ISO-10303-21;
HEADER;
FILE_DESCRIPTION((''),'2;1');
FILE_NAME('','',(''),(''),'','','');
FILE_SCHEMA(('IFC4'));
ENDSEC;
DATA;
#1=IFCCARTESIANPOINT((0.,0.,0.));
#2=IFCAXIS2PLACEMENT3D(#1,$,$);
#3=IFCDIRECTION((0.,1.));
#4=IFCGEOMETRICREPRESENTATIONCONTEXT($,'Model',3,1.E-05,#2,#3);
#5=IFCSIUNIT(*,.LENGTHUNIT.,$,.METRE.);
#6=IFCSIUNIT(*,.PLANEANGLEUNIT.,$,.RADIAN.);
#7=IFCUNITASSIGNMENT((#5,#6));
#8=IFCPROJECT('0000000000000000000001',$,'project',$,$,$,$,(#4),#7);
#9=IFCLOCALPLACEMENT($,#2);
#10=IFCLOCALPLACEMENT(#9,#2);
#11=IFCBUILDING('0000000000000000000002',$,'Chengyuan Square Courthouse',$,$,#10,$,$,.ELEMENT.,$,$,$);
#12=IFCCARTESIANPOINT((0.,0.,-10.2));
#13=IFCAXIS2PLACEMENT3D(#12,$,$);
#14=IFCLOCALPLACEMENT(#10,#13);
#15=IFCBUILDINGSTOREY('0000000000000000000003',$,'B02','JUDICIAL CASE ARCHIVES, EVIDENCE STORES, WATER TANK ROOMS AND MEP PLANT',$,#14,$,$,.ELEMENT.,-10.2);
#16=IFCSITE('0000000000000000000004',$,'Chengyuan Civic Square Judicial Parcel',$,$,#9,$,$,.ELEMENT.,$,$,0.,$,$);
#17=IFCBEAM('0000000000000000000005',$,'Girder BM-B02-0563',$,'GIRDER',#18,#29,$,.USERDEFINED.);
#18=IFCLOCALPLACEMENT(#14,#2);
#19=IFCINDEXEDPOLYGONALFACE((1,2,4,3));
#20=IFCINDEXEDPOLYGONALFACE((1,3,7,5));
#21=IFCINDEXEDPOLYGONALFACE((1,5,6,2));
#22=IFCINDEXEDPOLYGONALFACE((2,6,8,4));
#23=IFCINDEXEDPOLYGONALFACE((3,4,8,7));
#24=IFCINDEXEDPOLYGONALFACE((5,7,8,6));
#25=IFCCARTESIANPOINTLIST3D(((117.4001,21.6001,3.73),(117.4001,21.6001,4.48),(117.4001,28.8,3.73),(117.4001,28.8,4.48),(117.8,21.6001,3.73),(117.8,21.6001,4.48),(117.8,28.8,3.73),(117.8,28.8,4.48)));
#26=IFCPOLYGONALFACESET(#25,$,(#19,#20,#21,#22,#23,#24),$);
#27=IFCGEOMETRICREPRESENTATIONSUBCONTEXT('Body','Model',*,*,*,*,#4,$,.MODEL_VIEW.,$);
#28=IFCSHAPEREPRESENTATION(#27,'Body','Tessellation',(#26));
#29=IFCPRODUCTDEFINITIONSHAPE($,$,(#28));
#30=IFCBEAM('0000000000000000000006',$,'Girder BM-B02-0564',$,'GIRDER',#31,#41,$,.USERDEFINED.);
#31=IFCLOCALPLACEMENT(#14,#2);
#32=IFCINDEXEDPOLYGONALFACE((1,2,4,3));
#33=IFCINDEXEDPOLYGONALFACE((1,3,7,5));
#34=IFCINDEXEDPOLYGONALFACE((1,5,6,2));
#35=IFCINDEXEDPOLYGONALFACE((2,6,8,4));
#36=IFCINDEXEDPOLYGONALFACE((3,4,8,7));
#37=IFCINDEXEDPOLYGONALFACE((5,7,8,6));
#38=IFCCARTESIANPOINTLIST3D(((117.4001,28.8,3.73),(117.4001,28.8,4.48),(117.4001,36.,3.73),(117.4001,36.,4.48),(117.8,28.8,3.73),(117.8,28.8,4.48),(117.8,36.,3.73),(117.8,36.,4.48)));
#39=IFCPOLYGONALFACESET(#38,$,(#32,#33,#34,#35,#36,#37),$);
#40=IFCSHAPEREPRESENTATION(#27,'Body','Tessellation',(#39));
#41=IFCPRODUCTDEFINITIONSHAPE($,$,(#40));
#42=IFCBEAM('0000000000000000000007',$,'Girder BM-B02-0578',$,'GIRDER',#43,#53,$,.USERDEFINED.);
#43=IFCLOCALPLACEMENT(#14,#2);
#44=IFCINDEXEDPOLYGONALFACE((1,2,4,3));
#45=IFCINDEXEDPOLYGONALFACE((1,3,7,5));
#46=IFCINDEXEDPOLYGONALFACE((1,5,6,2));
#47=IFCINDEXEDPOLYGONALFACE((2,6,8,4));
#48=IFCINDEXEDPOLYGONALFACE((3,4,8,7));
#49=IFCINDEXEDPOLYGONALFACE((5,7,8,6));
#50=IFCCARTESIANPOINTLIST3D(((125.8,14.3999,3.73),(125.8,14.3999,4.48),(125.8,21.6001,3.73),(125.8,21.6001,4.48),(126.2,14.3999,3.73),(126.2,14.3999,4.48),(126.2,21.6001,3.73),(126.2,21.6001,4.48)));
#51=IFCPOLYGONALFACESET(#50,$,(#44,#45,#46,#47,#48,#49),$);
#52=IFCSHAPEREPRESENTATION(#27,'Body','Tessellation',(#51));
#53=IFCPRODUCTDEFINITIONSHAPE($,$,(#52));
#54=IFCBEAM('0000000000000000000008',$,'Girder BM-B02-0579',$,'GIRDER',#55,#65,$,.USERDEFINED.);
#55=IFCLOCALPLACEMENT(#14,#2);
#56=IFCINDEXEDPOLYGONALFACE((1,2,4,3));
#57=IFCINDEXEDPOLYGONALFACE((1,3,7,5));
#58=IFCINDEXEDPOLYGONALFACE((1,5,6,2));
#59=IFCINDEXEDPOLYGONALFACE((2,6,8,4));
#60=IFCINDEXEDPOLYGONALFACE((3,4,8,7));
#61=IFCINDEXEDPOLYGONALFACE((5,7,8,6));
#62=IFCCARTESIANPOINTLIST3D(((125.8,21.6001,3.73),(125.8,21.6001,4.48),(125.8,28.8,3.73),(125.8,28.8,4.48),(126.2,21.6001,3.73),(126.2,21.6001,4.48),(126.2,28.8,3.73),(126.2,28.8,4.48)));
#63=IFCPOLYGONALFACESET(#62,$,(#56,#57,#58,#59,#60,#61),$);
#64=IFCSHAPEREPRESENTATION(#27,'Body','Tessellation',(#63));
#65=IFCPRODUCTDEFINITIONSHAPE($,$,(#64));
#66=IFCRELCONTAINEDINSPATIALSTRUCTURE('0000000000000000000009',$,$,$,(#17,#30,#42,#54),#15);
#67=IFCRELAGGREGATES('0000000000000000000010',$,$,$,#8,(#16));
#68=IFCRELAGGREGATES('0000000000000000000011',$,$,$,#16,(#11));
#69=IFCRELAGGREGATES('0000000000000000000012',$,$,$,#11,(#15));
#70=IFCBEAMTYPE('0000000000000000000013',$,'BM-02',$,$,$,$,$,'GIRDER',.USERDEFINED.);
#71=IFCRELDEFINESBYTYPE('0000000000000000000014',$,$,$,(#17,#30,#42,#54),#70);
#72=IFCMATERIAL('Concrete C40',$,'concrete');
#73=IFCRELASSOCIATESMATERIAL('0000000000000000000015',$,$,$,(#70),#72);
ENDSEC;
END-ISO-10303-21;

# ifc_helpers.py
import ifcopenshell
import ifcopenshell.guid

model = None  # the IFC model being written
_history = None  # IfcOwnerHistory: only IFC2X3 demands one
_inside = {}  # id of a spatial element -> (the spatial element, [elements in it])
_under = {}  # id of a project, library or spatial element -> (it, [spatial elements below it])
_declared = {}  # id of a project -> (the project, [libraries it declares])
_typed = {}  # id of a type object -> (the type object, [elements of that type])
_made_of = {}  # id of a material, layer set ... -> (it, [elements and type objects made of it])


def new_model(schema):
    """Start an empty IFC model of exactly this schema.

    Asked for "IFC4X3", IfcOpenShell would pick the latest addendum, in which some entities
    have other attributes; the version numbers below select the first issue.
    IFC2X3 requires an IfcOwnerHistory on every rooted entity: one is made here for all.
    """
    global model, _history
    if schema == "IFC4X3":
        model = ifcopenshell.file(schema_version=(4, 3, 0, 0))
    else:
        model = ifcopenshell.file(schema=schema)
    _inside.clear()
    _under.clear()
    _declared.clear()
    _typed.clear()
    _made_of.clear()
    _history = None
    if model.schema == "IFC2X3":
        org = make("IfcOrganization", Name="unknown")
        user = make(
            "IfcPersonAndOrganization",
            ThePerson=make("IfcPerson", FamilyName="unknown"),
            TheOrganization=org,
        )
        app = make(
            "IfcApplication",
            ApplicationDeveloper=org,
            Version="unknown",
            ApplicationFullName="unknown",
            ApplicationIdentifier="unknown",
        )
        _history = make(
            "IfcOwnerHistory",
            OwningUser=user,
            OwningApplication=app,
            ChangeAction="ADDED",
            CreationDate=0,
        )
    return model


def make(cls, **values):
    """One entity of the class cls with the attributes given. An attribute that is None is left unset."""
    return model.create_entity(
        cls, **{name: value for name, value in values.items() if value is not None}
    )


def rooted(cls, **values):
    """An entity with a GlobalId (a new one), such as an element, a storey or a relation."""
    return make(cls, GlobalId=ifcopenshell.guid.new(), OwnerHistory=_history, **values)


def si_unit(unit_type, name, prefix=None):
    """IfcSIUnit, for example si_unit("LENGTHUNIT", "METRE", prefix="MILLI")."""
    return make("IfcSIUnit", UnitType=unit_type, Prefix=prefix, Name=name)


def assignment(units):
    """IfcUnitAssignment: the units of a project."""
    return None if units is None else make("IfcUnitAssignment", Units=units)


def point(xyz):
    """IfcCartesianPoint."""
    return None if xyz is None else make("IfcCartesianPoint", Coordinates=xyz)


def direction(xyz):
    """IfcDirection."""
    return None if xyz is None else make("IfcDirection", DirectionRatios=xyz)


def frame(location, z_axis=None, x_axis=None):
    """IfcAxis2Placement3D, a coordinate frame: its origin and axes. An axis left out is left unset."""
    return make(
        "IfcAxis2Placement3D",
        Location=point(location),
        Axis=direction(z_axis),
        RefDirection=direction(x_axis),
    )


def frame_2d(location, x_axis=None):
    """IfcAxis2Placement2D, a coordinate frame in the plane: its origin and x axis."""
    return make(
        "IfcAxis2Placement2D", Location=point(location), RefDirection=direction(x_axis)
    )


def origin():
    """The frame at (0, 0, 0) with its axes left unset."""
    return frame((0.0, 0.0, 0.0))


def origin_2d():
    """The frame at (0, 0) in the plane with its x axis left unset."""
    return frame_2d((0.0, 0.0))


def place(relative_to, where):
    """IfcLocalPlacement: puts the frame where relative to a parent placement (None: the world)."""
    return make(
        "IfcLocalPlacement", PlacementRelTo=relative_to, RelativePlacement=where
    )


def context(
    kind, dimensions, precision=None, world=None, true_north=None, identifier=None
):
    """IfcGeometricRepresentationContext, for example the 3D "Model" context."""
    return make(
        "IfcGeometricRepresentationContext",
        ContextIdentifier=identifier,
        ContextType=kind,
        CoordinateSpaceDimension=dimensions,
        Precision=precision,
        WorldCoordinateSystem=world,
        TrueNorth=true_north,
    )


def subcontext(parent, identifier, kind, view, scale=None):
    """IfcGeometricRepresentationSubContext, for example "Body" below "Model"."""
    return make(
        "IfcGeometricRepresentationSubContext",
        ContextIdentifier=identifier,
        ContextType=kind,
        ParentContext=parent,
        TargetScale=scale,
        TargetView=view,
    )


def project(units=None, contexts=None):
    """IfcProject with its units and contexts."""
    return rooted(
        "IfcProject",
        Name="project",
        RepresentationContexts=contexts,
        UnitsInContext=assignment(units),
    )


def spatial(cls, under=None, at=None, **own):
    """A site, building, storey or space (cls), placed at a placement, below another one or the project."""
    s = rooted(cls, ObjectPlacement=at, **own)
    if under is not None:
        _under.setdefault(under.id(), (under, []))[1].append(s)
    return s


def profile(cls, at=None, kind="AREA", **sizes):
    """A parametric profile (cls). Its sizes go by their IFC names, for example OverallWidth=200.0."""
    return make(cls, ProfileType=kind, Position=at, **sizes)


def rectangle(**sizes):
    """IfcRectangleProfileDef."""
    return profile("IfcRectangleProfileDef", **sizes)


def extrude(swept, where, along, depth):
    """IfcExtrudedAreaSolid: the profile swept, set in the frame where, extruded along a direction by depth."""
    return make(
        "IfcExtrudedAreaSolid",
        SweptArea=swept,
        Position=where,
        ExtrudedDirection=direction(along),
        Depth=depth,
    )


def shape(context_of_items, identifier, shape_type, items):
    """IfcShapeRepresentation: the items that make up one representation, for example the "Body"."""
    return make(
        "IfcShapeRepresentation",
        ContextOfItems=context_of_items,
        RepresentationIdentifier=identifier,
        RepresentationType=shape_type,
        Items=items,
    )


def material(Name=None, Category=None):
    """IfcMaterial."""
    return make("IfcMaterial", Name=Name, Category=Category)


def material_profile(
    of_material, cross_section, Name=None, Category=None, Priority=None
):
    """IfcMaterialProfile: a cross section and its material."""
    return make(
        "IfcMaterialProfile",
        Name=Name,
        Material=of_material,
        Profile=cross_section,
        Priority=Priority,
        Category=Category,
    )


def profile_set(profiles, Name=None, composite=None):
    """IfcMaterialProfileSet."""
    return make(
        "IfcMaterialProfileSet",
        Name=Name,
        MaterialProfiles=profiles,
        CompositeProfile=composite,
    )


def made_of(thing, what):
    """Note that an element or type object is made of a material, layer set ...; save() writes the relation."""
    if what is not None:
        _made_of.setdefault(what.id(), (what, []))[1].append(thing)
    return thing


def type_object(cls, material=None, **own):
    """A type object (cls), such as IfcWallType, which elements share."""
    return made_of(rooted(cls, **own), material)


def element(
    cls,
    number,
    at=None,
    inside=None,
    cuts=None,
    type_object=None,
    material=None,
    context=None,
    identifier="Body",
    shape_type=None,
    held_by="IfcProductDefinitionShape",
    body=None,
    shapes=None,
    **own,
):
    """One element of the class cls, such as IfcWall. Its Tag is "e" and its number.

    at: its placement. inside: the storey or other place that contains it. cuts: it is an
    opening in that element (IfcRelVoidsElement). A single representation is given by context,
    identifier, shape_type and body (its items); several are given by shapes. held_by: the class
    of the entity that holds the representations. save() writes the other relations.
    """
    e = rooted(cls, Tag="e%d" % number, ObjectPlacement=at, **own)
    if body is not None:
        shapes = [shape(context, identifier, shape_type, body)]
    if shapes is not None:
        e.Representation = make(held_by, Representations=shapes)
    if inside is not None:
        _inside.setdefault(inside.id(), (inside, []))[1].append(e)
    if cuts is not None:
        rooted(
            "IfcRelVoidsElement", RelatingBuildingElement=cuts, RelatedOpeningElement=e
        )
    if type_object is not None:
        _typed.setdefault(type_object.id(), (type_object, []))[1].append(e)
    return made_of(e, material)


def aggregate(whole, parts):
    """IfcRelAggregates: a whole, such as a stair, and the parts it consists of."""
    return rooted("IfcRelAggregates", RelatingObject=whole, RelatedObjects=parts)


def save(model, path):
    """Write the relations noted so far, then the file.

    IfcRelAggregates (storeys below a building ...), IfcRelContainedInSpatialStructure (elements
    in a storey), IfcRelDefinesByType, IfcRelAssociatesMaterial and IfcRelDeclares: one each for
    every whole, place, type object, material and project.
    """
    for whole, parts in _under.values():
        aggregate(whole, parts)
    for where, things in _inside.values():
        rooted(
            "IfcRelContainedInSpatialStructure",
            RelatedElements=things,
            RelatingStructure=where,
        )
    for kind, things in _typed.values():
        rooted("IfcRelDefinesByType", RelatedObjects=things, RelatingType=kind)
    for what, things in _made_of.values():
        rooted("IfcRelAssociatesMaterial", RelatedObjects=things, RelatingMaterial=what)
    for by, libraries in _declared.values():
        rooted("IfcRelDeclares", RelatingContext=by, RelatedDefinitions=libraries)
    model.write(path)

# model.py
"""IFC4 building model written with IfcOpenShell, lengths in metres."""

from ifc_helpers import new_model, si_unit, direction, frame, origin, origin_2d, place, context, subcontext, project, spatial, rectangle, extrude, material, material_profile, profile_set, type_object, element, save


model = new_model("IFC4")

# Units and contexts
model_context = context("Model", 3, precision=1e-05, world=origin(), true_north=direction((0.0, 1.0)))
body_context = subcontext(model_context, "Body", "Model", "MODEL_VIEW")
ifc_project = project(units=[si_unit("LENGTHUNIT", "METRE"), si_unit("PLANEANGLEUNIT", "RADIAN")], contexts=[model_context])

# Site, building, storey
site_placement = place(None, origin())
site = spatial("IfcSite", under=ifc_project, at=site_placement, Name="Chengyuan Civic Square Judicial Parcel", CompositionType="ELEMENT", RefElevation=0.0)
building_placement = place(site_placement, origin())
building = spatial("IfcBuilding", under=site, at=building_placement, Name="Chengyuan Square Courthouse", CompositionType="ELEMENT")
storey_placement = place(building_placement, frame((0.0, 0.0, -10.2)))
storey = spatial("IfcBuildingStorey", under=building, at=storey_placement, Name="B02", Description="JUDICIAL CASE ARCHIVES, EVIDENCE STORES, WATER TANK ROOMS AND MEP PLANT", CompositionType="ELEMENT", Elevation=-10.2)

# Shared definitions
ifc_material_1 = material(Name="Concrete C40", Category="concrete")

# Beams
ifc_material_profile_1 = material_profile(ifc_material_1, rectangle(XDim=0.3999, YDim=0.75, at=origin_2d()), Name="RC-BM-400x750")
ifc_profile_set_1 = profile_set([ifc_material_profile_1], Name="Concrete C40")
beam_type_1 = type_object("IfcBeamType", Name="BM-02", ElementType="GIRDER", PredefinedType="USERDEFINED", material=ifc_profile_set_1)
for number, where, z_axis, x_axis, name in (
    (1, (117.6001, 21.6001, 4.105), (0.0, 1.0, 0.0), (-1.0, 0.0, 0.0), "Girder BM-B02-0563"),
    (2, (117.6001, 28.8, 4.105), (0.0, 1.0, 0.0), (-1.0, 0.0, 0.0), "Girder BM-B02-0564"),
):
    element("IfcBeam", number, at=place(storey_placement, frame(where, z_axis=z_axis, x_axis=x_axis)), inside=storey, type_object=beam_type_1, Name=name, ObjectType="GIRDER", PredefinedType="USERDEFINED", context=body_context, shape_type="SweptSolid", body=[
        extrude(rectangle(XDim=0.3999, YDim=0.75, at=origin_2d()), origin(), (0.0, 0.0, 1.0), 7.2),
    ])
beam_1_placement = place(storey_placement, frame((126.0, 14.3999, 4.105), z_axis=(0.0, 1.0, 0.0), x_axis=(-1.0, 0.0, 0.0)))
element("IfcBeam", 3, at=beam_1_placement, inside=storey, type_object=beam_type_1, Name="Girder BM-B02-0578", ObjectType="GIRDER", PredefinedType="USERDEFINED", context=body_context, shape_type="SweptSolid", body=[
    extrude(rectangle(XDim=0.3999, YDim=0.75, at=origin_2d()), origin(), (0.0, 0.0, 1.0), 7.2002),
])
beam_2_placement = place(storey_placement, frame((126.0, 21.6001, 4.105), z_axis=(0.0, 1.0, 0.0), x_axis=(-1.0, 0.0, 0.0)))
element("IfcBeam", 4, at=beam_2_placement, inside=storey, type_object=beam_type_1, Name="Girder BM-B02-0579", ObjectType="GIRDER", PredefinedType="USERDEFINED", context=body_context, shape_type="SweptSolid", body=[
    extrude(rectangle(XDim=0.3999, YDim=0.75, at=origin_2d()), origin(), (0.0, 0.0, 1.0), 7.2),
])

save(model, "model.ifc")
